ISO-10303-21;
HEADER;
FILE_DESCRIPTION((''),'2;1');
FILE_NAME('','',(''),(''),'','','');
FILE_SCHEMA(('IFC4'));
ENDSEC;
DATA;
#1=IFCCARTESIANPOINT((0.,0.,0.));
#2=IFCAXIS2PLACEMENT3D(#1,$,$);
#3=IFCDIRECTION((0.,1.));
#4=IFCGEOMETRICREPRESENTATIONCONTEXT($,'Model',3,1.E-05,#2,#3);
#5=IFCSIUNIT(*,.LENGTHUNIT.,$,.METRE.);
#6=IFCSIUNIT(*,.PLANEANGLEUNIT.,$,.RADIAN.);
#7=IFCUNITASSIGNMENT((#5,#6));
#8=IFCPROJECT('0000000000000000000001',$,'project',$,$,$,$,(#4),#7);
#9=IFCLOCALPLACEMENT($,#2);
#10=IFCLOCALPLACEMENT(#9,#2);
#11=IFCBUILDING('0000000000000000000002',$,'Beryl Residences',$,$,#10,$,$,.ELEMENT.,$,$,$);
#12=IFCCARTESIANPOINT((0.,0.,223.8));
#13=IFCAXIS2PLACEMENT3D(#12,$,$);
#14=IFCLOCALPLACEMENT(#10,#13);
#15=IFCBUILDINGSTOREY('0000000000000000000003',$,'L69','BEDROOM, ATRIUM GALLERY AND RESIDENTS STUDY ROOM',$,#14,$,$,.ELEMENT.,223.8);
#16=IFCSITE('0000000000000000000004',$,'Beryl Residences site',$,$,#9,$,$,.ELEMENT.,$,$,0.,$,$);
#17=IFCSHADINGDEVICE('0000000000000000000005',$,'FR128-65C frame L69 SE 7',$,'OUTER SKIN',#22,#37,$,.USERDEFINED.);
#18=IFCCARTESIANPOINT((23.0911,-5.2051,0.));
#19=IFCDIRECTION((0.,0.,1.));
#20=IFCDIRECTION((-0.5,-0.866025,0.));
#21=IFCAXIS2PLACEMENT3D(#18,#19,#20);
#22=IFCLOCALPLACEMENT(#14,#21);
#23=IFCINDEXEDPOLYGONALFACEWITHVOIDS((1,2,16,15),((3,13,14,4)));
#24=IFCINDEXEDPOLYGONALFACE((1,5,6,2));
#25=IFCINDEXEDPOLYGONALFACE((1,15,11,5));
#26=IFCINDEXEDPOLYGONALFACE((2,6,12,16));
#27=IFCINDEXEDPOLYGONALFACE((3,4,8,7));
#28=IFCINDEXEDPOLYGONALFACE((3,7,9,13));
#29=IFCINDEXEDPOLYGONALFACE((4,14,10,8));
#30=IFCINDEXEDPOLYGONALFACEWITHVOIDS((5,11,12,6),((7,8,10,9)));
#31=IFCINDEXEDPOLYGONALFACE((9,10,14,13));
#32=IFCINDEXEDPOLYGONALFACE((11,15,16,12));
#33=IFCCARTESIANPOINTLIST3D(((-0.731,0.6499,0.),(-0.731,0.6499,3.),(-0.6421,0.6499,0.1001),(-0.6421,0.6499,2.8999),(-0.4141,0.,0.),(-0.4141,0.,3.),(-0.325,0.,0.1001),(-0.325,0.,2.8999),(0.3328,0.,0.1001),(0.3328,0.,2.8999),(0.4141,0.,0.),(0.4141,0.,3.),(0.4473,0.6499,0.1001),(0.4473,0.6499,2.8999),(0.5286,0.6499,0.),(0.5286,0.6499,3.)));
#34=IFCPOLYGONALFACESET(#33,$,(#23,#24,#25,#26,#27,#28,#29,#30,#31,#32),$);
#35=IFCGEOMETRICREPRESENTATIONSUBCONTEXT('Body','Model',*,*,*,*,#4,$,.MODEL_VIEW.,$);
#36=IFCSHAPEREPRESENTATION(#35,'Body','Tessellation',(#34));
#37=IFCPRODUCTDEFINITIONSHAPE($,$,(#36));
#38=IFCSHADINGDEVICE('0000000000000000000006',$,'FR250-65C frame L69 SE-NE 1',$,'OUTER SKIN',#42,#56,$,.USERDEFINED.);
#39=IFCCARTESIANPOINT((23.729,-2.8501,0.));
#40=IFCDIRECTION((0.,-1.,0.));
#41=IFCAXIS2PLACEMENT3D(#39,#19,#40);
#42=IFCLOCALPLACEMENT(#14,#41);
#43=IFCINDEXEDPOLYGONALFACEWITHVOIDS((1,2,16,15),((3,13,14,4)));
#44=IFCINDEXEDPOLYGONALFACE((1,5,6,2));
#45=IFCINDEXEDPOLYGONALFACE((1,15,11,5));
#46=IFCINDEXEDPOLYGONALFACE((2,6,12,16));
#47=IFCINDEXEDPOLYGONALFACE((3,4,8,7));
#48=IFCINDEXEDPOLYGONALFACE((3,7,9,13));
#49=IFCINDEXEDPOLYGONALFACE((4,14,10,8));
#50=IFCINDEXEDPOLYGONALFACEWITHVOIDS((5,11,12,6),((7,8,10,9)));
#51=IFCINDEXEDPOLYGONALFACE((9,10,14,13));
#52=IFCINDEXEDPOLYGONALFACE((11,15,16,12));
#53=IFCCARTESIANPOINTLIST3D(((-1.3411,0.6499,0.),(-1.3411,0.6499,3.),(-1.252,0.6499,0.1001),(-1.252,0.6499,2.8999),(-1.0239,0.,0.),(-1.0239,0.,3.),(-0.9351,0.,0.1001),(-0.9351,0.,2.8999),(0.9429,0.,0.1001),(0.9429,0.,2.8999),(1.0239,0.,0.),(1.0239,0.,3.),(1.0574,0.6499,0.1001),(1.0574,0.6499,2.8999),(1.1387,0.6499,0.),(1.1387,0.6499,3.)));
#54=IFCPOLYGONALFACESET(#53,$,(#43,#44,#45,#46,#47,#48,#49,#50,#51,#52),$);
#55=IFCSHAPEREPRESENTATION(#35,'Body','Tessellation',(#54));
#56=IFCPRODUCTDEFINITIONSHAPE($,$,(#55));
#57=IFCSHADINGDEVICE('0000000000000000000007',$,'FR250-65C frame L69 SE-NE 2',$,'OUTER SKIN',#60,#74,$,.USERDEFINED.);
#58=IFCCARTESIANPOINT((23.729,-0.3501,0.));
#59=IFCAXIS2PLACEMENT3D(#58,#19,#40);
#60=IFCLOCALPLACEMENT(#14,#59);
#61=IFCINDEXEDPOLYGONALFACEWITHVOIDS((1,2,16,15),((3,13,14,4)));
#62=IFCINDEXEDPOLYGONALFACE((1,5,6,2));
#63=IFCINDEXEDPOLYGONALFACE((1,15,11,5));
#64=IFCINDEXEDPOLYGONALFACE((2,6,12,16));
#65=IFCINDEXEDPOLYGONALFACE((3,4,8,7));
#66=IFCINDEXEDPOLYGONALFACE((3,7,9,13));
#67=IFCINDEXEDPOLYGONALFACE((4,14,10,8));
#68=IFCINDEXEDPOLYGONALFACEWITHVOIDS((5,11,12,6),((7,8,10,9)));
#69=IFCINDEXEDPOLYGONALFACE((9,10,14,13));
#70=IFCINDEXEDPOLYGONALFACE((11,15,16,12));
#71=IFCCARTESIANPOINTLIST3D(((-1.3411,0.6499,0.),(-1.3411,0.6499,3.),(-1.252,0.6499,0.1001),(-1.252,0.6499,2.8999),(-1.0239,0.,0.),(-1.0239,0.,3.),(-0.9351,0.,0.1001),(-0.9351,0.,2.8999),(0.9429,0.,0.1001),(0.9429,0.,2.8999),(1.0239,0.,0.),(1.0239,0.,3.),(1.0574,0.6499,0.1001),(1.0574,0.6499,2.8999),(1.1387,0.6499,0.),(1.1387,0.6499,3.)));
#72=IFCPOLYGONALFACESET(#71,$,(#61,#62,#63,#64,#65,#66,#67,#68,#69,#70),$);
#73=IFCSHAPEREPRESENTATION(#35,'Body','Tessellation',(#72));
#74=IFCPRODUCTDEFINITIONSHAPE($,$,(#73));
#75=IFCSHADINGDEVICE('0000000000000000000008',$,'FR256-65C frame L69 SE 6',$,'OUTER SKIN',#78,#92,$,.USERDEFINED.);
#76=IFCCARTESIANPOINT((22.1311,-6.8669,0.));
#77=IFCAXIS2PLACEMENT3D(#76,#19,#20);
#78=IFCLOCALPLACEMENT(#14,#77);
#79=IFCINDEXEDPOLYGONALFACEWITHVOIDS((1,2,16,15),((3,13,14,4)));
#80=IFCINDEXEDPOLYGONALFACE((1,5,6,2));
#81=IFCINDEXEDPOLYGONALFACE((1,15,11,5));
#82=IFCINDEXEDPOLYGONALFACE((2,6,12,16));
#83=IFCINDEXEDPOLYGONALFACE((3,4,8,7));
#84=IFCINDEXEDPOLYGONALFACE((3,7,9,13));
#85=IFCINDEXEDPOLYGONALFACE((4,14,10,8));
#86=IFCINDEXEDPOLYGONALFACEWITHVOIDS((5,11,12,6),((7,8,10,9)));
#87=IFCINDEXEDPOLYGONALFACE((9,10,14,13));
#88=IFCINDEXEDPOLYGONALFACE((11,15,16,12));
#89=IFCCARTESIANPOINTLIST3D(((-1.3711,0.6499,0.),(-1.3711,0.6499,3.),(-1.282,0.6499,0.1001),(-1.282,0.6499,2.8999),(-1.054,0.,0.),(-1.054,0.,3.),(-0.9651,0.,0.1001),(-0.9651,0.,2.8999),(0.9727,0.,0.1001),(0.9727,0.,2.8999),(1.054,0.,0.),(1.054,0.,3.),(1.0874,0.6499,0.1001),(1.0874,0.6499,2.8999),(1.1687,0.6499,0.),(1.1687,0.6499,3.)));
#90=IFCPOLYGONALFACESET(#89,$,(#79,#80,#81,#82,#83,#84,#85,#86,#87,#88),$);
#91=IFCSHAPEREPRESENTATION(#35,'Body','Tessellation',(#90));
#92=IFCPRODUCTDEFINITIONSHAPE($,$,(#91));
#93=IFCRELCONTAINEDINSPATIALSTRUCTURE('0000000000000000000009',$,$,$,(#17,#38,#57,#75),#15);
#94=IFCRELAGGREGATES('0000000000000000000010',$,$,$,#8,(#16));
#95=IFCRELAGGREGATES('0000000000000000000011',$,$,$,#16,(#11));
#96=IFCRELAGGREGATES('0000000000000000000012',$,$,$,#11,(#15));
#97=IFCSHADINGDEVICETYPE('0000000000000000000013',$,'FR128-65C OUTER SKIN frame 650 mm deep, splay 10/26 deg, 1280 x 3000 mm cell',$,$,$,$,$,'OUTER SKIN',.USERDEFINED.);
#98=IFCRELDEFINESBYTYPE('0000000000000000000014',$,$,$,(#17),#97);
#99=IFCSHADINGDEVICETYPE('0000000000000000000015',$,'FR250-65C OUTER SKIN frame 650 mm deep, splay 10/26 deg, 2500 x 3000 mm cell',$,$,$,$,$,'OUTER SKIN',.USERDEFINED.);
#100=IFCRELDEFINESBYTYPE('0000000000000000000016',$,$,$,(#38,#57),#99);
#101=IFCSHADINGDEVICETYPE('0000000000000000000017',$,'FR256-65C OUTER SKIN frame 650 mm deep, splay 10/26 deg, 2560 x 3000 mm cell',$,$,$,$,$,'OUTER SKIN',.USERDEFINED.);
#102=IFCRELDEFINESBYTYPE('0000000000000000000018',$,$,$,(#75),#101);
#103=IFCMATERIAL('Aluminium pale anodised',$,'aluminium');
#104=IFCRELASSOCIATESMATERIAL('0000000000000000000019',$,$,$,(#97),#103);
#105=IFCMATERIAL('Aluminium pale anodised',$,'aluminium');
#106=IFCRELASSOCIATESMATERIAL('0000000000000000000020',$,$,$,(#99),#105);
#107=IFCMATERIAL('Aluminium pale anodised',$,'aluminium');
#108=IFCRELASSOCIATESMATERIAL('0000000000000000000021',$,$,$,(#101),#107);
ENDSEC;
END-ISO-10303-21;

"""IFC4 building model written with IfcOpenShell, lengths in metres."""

from ifc_helpers import new_model, entity, si_unit, direction, frame, origin, place, context, subcontext, project, spatial, source, transform, mapped, material, type_object, type_shapes, element, save


model = new_model("IFC4")

# Units and contexts
model_context = context("Model", 3, precision=1e-05, world=origin(), true_north=direction((0.0, 1.0)))
body_context = subcontext(model_context, "Body", "Model", "MODEL_VIEW")
ifc_project = project(units=[si_unit("LENGTHUNIT", "METRE"), si_unit("PLANEANGLEUNIT", "RADIAN")], contexts=[model_context])

# Site, building, storey
site_placement = place(None, origin())
site = spatial("IfcSite", under=ifc_project, at=site_placement, Name="Beryl Residences site", CompositionType="ELEMENT", RefElevation=0.0)
building_placement = place(site_placement, origin())
building = spatial("IfcBuilding", under=site, at=building_placement, Name="Beryl Residences", CompositionType="ELEMENT")
storey_placement = place(building_placement, frame((0.0, 0.0, 223.8)))
storey = spatial("IfcBuildingStorey", under=building, at=storey_placement, Name="L69", Description="BEDROOM, ATRIUM GALLERY AND RESIDENTS STUDY ROOM", CompositionType="ELEMENT", Elevation=223.8)

# Shading devices
ifc_material_1 = material(Name="Aluminium pale anodised", Category="aluminium")
shading_device_type_1 = type_object("IfcShadingDeviceType", Name="FR128-65C OUTER SKIN frame 650 mm deep, splay 10/26 deg, 1280 x 3000 mm cell", ElementType="OUTER SKIN", PredefinedType="USERDEFINED", material=ifc_material_1)
cartesian_point_1 = entity("IfcCartesianPoint", [-0.4141, 0.0])
cartesian_point_2 = entity("IfcCartesianPoint", [-0.3328, 0.1001])
cartesian_point_3 = entity("IfcCartesianPoint", [-0.5286, 0.0])
cartesian_point_4 = entity("IfcCartesianPoint", [-0.4473, 0.1001])
shared_shape_1 = source(origin(), body_context, "Body", "SweptSolid", [
    entity("IfcExtrudedAreaSolidTapered", entity("IfcArbitraryProfileDefWithVoids", "AREA", None, entity("IfcPolyline", [cartesian_point_1, entity("IfcCartesianPoint", [0.4141, 0.0]), entity("IfcCartesianPoint", [0.4141, 3.0]), entity("IfcCartesianPoint", [-0.4141, 3.0]), cartesian_point_1]), [entity("IfcPolyline", [cartesian_point_2, entity("IfcCartesianPoint", [0.325, 0.1001]), entity("IfcCartesianPoint", [0.325, 2.8999]), entity("IfcCartesianPoint", [-0.3328, 2.8999]), cartesian_point_2])]), entity("IfcAxis2Placement3D", entity("IfcCartesianPoint", [0.0, 0.0, 0.0]), entity("IfcDirection", [0.0, 1.0, 0.0]), entity("IfcDirection", [-1.0, 0.0, 0.0])), entity("IfcDirection", [0.0, 0.0, 1.0]), 0.6499, entity("IfcArbitraryProfileDefWithVoids", "AREA", None, entity("IfcPolyline", [cartesian_point_3, entity("IfcCartesianPoint", [0.731, 0.0]), entity("IfcCartesianPoint", [0.731, 3.0]), entity("IfcCartesianPoint", [-0.5286, 3.0]), cartesian_point_3]), [entity("IfcPolyline", [cartesian_point_4, entity("IfcCartesianPoint", [0.6421, 0.1001]), entity("IfcCartesianPoint", [0.6421, 2.8999]), entity("IfcCartesianPoint", [-0.4473, 2.8999]), cartesian_point_4])])),
])
type_shapes(shading_device_type_1, [shared_shape_1])
shading_device_1_placement = place(storey_placement, frame((23.0911, -5.2051, 0.0), z_axis=(0.0, 0.0, 1.0), x_axis=(-0.5, -0.866025, 0.0)))
element("IfcShadingDevice", 1, at=shading_device_1_placement, inside=storey, type_object=shading_device_type_1, Name="FR128-65C frame L69 SE 7", ObjectType="OUTER SKIN", PredefinedType="USERDEFINED", context=body_context, shape_type="MappedRepresentation", body=[
    mapped(shared_shape_1, transform((0.0, 0.0, 0.0))),
])
ifc_material_2 = material(Name="Aluminium pale anodised", Category="aluminium")
shading_device_type_2 = type_object("IfcShadingDeviceType", Name="FR250-65C OUTER SKIN frame 650 mm deep, splay 10/26 deg, 2500 x 3000 mm cell", ElementType="OUTER SKIN", PredefinedType="USERDEFINED", material=ifc_material_2)
cartesian_point_5 = entity("IfcCartesianPoint", [-1.0239, 0.0])
cartesian_point_6 = entity("IfcCartesianPoint", [-0.9429, 0.1001])
cartesian_point_7 = entity("IfcCartesianPoint", [-1.1387, 0.0])
cartesian_point_8 = entity("IfcCartesianPoint", [-1.0574, 0.1001])
shared_shape_2 = source(origin(), body_context, "Body", "SweptSolid", [
    entity("IfcExtrudedAreaSolidTapered", entity("IfcArbitraryProfileDefWithVoids", "AREA", None, entity("IfcPolyline", [cartesian_point_5, entity("IfcCartesianPoint", [1.0239, 0.0]), entity("IfcCartesianPoint", [1.0239, 3.0]), entity("IfcCartesianPoint", [-1.0239, 3.0]), cartesian_point_5]), [entity("IfcPolyline", [cartesian_point_6, entity("IfcCartesianPoint", [0.9351, 0.1001]), entity("IfcCartesianPoint", [0.9351, 2.8999]), entity("IfcCartesianPoint", [-0.9429, 2.8999]), cartesian_point_6])]), entity("IfcAxis2Placement3D", entity("IfcCartesianPoint", [0.0, 0.0, 0.0]), entity("IfcDirection", [0.0, 1.0, 0.0]), entity("IfcDirection", [-1.0, 0.0, 0.0])), entity("IfcDirection", [0.0, 0.0, 1.0]), 0.6499, entity("IfcArbitraryProfileDefWithVoids", "AREA", None, entity("IfcPolyline", [cartesian_point_7, entity("IfcCartesianPoint", [1.3411, 0.0]), entity("IfcCartesianPoint", [1.3411, 3.0]), entity("IfcCartesianPoint", [-1.1387, 3.0]), cartesian_point_7]), [entity("IfcPolyline", [cartesian_point_8, entity("IfcCartesianPoint", [1.252, 0.1001]), entity("IfcCartesianPoint", [1.252, 2.8999]), entity("IfcCartesianPoint", [-1.0574, 2.8999]), cartesian_point_8])])),
])
type_shapes(shading_device_type_2, [shared_shape_2])
for number, where, z_axis, x_axis, name in (
    (2, (23.729, -2.8501, 0.0), (0.0, 0.0, 1.0), (0.0, -1.0, 0.0), "FR250-65C frame L69 SE-NE 1"),
    (3, (23.729, -0.3501, 0.0), (0.0, 0.0, 1.0), (0.0, -1.0, 0.0), "FR250-65C frame L69 SE-NE 2"),
):
    element("IfcShadingDevice", number, at=place(storey_placement, frame(where, z_axis=z_axis, x_axis=x_axis)), inside=storey, type_object=shading_device_type_2, Name=name, ObjectType="OUTER SKIN", PredefinedType="USERDEFINED", context=body_context, shape_type="MappedRepresentation", body=[
        mapped(shared_shape_2, transform((0.0, 0.0, 0.0))),
    ])
ifc_material_3 = material(Name="Aluminium pale anodised", Category="aluminium")
shading_device_type_3 = type_object("IfcShadingDeviceType", Name="FR256-65C OUTER SKIN frame 650 mm deep, splay 10/26 deg, 2560 x 3000 mm cell", ElementType="OUTER SKIN", PredefinedType="USERDEFINED", material=ifc_material_3)
cartesian_point_9 = entity("IfcCartesianPoint", [-1.054, 0.0])
cartesian_point_10 = entity("IfcCartesianPoint", [-0.9727, 0.1001])
cartesian_point_11 = entity("IfcCartesianPoint", [-1.1687, 0.0])
cartesian_point_12 = entity("IfcCartesianPoint", [-1.0874, 0.1001])
shared_shape_3 = source(origin(), body_context, "Body", "SweptSolid", [
    entity("IfcExtrudedAreaSolidTapered", entity("IfcArbitraryProfileDefWithVoids", "AREA", None, entity("IfcPolyline", [cartesian_point_9, entity("IfcCartesianPoint", [1.054, 0.0]), entity("IfcCartesianPoint", [1.054, 3.0]), entity("IfcCartesianPoint", [-1.054, 3.0]), cartesian_point_9]), [entity("IfcPolyline", [cartesian_point_10, entity("IfcCartesianPoint", [0.9651, 0.1001]), entity("IfcCartesianPoint", [0.9651, 2.8999]), entity("IfcCartesianPoint", [-0.9727, 2.8999]), cartesian_point_10])]), entity("IfcAxis2Placement3D", entity("IfcCartesianPoint", [0.0, 0.0, 0.0]), entity("IfcDirection", [0.0, 1.0, 0.0]), entity("IfcDirection", [-1.0, 0.0, 0.0])), entity("IfcDirection", [0.0, 0.0, 1.0]), 0.6499, entity("IfcArbitraryProfileDefWithVoids", "AREA", None, entity("IfcPolyline", [cartesian_point_11, entity("IfcCartesianPoint", [1.3711, 0.0]), entity("IfcCartesianPoint", [1.3711, 3.0]), entity("IfcCartesianPoint", [-1.1687, 3.0]), cartesian_point_11]), [entity("IfcPolyline", [cartesian_point_12, entity("IfcCartesianPoint", [1.282, 0.1001]), entity("IfcCartesianPoint", [1.282, 2.8999]), entity("IfcCartesianPoint", [-1.0874, 2.8999]), cartesian_point_12])])),
])
type_shapes(shading_device_type_3, [shared_shape_3])
shading_device_2_placement = place(storey_placement, frame((22.1311, -6.8669, 0.0), z_axis=(0.0, 0.0, 1.0), x_axis=(-0.5, -0.866025, 0.0)))
element("IfcShadingDevice", 4, at=shading_device_2_placement, inside=storey, type_object=shading_device_type_3, Name="FR256-65C frame L69 SE 6", ObjectType="OUTER SKIN", PredefinedType="USERDEFINED", context=body_context, shape_type="MappedRepresentation", body=[
    mapped(shared_shape_3, transform((0.0, 0.0, 0.0))),
])

save(model, "model.ifc")
